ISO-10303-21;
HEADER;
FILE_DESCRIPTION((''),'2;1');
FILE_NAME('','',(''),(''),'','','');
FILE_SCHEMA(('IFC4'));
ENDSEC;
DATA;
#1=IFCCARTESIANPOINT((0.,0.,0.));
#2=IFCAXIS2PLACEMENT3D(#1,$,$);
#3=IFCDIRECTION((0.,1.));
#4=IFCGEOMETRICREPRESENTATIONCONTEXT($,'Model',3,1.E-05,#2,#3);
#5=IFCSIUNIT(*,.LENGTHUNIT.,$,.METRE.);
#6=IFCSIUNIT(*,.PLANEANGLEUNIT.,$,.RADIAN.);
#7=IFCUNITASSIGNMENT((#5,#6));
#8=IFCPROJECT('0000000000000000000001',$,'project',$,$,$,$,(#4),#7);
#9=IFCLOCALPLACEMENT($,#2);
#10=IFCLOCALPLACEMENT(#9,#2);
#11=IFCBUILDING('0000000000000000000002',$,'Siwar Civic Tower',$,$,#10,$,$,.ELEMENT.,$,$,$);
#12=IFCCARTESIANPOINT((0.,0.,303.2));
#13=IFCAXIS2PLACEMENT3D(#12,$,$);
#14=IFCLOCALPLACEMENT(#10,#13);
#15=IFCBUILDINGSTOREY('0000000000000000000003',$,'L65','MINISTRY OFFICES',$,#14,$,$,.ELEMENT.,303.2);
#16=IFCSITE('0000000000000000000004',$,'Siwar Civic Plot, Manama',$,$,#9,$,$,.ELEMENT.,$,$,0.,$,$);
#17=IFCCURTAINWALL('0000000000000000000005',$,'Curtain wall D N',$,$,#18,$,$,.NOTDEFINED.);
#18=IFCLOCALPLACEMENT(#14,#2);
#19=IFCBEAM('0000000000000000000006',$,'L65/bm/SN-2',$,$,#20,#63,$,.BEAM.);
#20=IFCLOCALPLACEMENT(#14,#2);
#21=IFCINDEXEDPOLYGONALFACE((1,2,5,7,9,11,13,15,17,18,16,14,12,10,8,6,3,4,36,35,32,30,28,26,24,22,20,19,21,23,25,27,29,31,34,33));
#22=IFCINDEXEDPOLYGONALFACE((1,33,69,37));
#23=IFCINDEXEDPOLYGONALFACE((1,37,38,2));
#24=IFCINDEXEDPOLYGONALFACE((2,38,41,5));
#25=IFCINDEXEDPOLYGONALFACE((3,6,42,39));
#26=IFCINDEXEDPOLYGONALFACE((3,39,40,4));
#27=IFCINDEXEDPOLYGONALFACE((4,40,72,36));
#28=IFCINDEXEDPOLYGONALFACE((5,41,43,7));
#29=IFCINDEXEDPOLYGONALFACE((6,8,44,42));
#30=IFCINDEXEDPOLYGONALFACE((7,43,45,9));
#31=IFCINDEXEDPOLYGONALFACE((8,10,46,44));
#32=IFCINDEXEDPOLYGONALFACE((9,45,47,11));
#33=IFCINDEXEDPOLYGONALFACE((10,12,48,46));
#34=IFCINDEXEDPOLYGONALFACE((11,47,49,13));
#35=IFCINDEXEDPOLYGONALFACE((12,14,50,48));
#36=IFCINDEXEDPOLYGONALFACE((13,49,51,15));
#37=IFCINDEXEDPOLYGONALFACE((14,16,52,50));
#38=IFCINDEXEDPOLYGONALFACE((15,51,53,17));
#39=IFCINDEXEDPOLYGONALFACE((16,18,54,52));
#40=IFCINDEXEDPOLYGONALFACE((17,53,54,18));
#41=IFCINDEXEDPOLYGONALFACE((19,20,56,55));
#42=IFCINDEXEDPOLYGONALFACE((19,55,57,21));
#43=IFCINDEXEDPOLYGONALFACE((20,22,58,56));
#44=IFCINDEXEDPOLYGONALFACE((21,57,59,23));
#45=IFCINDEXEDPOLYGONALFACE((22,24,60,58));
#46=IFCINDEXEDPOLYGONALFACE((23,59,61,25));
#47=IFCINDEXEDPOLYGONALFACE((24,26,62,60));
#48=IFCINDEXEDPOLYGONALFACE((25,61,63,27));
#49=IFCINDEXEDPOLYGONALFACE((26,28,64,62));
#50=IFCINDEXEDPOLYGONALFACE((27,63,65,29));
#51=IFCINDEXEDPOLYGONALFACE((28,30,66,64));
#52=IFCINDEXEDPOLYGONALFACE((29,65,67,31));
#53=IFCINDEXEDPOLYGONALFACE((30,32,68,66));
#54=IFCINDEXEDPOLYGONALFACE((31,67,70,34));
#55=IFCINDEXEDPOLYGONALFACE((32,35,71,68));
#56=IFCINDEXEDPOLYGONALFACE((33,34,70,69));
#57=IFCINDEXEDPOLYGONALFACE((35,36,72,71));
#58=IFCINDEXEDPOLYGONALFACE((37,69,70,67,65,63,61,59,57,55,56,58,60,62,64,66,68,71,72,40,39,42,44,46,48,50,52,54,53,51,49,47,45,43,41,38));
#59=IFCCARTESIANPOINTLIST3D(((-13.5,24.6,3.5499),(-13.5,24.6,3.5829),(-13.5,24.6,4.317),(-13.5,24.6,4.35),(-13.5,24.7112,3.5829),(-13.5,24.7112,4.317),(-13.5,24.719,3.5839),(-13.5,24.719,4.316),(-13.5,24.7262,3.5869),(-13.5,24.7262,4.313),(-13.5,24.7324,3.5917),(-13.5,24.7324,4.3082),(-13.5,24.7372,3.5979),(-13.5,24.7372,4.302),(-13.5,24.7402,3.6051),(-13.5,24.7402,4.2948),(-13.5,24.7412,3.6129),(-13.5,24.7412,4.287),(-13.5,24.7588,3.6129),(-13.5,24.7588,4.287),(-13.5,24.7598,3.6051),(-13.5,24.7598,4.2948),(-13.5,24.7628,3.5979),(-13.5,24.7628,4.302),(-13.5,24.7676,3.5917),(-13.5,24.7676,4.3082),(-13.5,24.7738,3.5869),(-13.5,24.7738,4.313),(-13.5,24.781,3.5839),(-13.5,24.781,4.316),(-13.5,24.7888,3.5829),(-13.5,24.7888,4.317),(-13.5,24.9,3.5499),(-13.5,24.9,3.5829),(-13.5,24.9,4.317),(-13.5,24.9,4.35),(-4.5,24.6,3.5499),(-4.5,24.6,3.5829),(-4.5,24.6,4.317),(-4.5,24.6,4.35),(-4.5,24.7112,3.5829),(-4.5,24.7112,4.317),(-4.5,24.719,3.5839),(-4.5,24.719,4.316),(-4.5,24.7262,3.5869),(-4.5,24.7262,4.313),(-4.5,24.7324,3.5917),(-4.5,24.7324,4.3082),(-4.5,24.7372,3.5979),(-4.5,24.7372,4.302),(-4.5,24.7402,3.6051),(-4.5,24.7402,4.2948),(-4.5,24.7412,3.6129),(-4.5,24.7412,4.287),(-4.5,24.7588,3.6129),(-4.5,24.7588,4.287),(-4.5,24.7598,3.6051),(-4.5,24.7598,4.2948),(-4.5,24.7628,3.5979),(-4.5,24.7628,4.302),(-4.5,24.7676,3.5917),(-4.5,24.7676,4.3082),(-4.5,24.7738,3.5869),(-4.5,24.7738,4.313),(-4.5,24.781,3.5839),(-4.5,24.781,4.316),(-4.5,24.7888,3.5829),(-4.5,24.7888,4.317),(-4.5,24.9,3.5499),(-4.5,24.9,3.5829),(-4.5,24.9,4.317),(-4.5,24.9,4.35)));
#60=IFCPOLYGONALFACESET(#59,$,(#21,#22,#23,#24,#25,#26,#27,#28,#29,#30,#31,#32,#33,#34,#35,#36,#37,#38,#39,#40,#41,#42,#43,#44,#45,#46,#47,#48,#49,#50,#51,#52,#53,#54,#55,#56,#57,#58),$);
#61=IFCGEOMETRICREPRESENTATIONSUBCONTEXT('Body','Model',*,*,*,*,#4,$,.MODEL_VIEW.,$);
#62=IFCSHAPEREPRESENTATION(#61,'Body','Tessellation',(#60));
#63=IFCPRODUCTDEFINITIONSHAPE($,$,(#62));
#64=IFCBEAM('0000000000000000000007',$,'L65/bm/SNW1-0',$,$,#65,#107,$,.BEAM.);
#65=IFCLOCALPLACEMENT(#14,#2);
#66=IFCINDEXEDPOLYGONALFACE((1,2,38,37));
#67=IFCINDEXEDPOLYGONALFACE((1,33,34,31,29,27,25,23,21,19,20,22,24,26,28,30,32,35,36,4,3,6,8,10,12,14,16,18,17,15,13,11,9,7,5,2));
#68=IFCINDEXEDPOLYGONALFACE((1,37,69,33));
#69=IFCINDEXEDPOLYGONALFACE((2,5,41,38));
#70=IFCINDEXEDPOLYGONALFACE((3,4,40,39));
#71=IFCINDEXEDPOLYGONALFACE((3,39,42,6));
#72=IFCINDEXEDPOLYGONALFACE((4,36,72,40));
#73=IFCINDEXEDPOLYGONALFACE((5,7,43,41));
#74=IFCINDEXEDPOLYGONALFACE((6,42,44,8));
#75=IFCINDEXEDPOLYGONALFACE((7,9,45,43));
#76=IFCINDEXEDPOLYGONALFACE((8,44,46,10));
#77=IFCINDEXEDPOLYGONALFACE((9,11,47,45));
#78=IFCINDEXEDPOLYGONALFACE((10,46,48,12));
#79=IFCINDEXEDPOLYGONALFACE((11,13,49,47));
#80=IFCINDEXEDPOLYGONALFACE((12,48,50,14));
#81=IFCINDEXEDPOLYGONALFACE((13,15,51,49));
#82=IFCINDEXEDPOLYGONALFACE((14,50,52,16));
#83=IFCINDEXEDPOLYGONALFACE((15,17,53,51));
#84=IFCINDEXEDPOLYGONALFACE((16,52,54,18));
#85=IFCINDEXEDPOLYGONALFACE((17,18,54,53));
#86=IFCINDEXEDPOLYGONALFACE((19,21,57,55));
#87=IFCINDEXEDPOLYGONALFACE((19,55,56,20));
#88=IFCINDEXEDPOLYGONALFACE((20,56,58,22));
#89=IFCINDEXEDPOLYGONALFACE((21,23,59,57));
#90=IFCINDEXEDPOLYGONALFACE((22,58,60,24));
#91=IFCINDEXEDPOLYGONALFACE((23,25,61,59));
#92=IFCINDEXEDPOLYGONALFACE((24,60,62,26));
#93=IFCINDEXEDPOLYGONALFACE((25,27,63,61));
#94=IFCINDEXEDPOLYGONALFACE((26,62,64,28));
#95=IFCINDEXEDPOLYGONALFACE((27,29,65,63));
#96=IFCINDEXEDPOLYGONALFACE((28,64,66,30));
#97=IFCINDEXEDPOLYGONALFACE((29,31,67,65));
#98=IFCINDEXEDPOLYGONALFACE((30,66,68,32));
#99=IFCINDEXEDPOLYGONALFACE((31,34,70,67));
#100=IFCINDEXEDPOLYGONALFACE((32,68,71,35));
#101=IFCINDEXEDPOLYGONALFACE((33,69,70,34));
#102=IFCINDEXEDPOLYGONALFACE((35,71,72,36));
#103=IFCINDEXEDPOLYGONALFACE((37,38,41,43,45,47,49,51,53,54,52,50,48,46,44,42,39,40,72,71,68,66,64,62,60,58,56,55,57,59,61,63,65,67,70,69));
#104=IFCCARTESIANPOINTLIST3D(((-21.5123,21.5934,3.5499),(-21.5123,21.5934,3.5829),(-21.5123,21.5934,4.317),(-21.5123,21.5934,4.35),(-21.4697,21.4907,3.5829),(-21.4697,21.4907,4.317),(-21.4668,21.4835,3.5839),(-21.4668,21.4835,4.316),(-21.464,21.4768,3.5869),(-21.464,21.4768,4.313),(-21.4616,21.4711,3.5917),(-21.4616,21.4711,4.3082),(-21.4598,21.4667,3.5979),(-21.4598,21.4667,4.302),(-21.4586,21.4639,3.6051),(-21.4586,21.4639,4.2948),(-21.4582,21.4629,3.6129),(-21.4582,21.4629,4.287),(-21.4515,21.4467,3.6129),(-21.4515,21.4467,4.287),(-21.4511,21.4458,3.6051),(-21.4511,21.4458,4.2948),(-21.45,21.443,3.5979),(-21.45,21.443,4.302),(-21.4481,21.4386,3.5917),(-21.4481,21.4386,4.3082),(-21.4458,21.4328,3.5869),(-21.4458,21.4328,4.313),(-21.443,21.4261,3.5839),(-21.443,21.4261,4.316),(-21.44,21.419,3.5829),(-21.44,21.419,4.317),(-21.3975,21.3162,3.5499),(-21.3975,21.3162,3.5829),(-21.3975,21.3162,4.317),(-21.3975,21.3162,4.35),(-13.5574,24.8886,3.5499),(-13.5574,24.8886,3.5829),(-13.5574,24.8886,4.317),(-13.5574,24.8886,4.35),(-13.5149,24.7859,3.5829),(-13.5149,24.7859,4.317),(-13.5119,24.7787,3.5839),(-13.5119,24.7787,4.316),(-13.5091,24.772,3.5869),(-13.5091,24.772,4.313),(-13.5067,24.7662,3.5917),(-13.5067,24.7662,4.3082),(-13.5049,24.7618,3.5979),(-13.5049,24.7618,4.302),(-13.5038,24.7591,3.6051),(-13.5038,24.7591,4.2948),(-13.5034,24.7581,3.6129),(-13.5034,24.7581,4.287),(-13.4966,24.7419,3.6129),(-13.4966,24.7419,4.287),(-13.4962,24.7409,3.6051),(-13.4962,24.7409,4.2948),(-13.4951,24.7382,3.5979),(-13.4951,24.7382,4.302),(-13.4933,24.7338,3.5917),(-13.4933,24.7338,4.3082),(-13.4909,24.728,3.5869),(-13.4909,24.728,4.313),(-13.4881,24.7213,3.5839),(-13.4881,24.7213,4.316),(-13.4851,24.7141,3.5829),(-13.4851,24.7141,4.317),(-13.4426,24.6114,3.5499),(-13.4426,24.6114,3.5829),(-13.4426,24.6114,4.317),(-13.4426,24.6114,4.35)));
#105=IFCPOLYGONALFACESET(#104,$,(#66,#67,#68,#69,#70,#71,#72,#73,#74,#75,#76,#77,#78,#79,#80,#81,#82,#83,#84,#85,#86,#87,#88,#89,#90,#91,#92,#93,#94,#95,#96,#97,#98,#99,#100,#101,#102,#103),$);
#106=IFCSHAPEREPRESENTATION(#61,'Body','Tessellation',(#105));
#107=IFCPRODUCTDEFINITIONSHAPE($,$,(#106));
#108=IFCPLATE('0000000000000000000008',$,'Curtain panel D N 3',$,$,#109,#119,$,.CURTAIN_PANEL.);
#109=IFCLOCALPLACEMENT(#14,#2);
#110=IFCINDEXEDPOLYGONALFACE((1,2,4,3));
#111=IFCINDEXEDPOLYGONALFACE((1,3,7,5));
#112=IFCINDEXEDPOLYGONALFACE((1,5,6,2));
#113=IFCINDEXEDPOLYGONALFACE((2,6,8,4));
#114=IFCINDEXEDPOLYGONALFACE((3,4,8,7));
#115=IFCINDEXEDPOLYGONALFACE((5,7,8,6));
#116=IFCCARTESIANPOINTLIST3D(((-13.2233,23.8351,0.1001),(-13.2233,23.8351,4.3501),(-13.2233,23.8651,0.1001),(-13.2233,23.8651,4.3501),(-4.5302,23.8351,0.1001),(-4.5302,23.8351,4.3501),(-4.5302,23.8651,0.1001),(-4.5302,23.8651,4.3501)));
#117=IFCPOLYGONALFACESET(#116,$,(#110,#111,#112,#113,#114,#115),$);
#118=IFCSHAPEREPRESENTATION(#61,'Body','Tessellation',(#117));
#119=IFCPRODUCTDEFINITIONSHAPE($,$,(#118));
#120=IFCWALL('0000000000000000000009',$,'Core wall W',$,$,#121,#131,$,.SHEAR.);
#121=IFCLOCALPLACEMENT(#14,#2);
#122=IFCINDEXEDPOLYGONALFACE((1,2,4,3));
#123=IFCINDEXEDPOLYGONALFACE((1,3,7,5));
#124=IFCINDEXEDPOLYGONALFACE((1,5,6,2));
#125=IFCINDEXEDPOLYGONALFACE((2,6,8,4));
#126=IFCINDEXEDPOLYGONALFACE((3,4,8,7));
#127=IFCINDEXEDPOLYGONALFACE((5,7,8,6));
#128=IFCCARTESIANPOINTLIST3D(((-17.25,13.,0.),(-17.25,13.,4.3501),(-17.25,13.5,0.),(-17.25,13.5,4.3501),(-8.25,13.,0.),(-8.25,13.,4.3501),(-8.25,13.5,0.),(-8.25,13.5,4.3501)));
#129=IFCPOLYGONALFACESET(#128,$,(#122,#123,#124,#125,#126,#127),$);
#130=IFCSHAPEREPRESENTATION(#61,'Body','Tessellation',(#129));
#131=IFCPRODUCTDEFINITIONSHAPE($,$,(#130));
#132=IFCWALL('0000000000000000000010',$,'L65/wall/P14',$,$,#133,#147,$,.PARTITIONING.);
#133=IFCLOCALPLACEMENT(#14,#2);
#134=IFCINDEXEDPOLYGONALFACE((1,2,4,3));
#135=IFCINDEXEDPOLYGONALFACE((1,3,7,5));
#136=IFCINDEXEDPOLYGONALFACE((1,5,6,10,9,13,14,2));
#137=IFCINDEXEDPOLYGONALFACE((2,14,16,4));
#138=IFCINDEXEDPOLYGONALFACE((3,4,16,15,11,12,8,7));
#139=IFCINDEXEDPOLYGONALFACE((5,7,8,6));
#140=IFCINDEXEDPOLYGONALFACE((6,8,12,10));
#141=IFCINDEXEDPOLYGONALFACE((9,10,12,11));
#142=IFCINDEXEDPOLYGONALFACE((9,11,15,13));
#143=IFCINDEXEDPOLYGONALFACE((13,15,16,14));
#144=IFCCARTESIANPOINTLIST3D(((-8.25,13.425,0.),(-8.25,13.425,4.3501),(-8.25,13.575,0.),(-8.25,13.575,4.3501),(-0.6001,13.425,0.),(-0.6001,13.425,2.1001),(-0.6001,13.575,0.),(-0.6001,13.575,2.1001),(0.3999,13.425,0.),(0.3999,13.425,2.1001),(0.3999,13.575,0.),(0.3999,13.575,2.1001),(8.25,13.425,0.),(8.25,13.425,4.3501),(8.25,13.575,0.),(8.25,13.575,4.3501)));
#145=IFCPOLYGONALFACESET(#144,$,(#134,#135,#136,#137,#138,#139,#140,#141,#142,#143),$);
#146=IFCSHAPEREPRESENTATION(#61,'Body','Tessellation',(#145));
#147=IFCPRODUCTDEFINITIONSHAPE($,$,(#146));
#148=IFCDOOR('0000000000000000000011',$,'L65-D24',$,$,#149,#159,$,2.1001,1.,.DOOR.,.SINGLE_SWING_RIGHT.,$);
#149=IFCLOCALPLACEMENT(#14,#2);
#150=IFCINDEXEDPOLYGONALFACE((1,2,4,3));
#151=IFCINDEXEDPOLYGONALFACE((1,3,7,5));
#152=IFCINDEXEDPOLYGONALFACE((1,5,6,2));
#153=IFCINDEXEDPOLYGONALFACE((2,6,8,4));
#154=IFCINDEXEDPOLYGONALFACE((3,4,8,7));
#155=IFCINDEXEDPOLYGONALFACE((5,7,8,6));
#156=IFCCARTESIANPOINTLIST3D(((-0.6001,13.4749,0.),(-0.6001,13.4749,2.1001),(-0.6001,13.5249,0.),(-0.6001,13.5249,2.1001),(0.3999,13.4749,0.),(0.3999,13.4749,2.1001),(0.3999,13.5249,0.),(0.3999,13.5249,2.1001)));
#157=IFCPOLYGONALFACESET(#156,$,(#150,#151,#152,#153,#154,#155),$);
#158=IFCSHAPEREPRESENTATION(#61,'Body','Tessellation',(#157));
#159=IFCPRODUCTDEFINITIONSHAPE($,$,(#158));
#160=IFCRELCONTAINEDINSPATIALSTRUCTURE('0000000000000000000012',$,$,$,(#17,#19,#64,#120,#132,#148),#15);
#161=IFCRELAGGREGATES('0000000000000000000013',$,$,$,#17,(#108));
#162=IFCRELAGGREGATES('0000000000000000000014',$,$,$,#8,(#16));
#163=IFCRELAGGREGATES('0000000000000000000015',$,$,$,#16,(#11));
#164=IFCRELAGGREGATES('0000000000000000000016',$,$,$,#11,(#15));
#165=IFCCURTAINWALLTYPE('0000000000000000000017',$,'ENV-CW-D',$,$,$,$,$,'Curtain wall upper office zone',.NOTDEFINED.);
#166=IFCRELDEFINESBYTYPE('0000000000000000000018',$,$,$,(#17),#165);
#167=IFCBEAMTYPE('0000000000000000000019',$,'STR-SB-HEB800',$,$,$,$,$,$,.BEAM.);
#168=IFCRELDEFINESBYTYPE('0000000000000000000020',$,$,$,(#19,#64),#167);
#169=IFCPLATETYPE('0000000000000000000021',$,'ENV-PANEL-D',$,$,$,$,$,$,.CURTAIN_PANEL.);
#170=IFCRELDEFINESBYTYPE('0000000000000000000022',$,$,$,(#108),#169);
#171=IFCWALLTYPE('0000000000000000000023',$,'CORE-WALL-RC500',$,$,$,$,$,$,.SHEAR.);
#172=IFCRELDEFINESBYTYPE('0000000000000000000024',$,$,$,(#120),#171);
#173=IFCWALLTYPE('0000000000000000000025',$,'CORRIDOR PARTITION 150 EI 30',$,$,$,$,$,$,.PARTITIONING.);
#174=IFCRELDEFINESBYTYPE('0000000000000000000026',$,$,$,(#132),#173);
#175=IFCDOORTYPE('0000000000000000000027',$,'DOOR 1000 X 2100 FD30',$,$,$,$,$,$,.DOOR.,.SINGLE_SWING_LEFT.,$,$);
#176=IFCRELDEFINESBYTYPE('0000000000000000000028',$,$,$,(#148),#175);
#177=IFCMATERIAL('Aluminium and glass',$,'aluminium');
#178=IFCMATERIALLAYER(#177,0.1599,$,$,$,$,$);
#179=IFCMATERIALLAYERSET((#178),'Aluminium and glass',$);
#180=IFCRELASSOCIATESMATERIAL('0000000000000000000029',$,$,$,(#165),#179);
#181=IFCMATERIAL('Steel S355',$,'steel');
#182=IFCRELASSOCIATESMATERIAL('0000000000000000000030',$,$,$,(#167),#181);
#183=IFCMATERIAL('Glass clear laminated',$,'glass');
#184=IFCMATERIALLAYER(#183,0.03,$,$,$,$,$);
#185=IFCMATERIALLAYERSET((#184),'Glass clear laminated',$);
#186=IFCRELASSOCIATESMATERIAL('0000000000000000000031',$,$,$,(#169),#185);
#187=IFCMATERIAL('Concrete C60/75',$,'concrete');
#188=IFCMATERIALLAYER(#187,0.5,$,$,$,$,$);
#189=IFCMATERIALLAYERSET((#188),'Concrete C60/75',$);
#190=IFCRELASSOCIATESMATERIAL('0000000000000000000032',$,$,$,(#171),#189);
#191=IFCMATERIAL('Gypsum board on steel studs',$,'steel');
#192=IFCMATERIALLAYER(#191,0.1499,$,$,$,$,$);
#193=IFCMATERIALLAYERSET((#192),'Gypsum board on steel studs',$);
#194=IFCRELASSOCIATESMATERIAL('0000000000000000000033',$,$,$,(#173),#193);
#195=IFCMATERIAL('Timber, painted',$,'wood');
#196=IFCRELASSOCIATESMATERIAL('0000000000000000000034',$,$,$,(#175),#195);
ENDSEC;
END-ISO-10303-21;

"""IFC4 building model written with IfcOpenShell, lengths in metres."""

from ifc_helpers import new_model, si_unit, direction, frame, frame_2d, origin, origin_2d, place, context, subcontext, project, spatial, rectangle, i_section, extrude, material, layer, layer_set, material_profile, profile_set, type_object, element, fill, aggregate, save


model = new_model("IFC4")

# Units and contexts
model_context = context("Model", 3, precision=1e-05, world=origin(), true_north=direction((0.0, 1.0)))
body_context = subcontext(model_context, "Body", "Model", "MODEL_VIEW")
ifc_project = project(units=[si_unit("LENGTHUNIT", "METRE"), si_unit("PLANEANGLEUNIT", "RADIAN")], contexts=[model_context])

# Site, building, storey
site_placement = place(None, origin())
site = spatial("IfcSite", under=ifc_project, at=site_placement, Name="Siwar Civic Plot, Manama", CompositionType="ELEMENT", RefElevation=0.0)
building_placement = place(site_placement, origin())
building = spatial("IfcBuilding", under=site, at=building_placement, Name="Siwar Civic Tower", CompositionType="ELEMENT")
storey_placement = place(building_placement, frame((0.0, 0.0, 303.2)))
storey = spatial("IfcBuildingStorey", under=building, at=storey_placement, Name="L65", Description="MINISTRY OFFICES", CompositionType="ELEMENT", Elevation=303.2)

# Curtain wall
ifc_material_1 = material(Name="Aluminium and glass", Category="aluminium")
ifc_layer_1 = layer(ifc_material_1, 0.1599)
ifc_layer_set_1 = layer_set([ifc_layer_1], Name="Aluminium and glass")
curtain_wall_type_1 = type_object("IfcCurtainWallType", Name="ENV-CW-D", ElementType="Curtain wall upper office zone", PredefinedType="NOTDEFINED", material=ifc_layer_set_1)
curtain_wall_1_placement = place(storey_placement, origin())
curtain_wall_1 = element("IfcCurtainWall", 1, at=curtain_wall_1_placement, inside=storey, type_object=curtain_wall_type_1, Name="Curtain wall D N", PredefinedType="NOTDEFINED")

# Beams
ifc_material_2 = material(Name="Steel S355", Category="steel")
ifc_material_profile_1 = material_profile(ifc_material_2, i_section(OverallWidth=0.3, OverallDepth=0.8, WebThickness=0.0176, FlangeThickness=0.033, FilletRadius=0.03, at=origin_2d()), Name="HEB800")
ifc_profile_set_1 = profile_set([ifc_material_profile_1], Name="Steel S355")
beam_type_1 = type_object("IfcBeamType", Name="STR-SB-HEB800", PredefinedType="BEAM", material=ifc_profile_set_1)
beam_1_placement = place(storey_placement, frame((-4.5, 24.75, 3.95), z_axis=(-1.0, 0.0, 0.0), x_axis=(0.0, -1.0, 0.0)))
element("IfcBeam", 2, at=beam_1_placement, inside=storey, type_object=beam_type_1, Name="L65/bm/SN-2", PredefinedType="BEAM", context=body_context, shape_type="SweptSolid", body=[
    extrude(i_section(OverallWidth=0.3, OverallDepth=0.8, WebThickness=0.0176, FlangeThickness=0.033, FilletRadius=0.03, at=origin_2d()), origin(), (0.0, 0.0, 1.0), 9.0),
])
beam_2_placement = place(storey_placement, frame((-13.5, 24.75, 3.95), z_axis=(-0.923873, -0.3827, 0.0), x_axis=(0.3827, -0.923873, 0.0)))
element("IfcBeam", 3, at=beam_2_placement, inside=storey, type_object=beam_type_1, Name="L65/bm/SNW1-0", PredefinedType="BEAM", context=body_context, shape_type="SweptSolid", body=[
    extrude(i_section(OverallWidth=0.3, OverallDepth=0.8, WebThickness=0.0176, FlangeThickness=0.033, FilletRadius=0.03, at=origin_2d()), origin(), (0.0, 0.0, 1.0), 8.6104),
])

# Plate
ifc_material_3 = material(Name="Glass clear laminated", Category="glass")
ifc_layer_2 = layer(ifc_material_3, 0.03)
ifc_layer_set_2 = layer_set([ifc_layer_2], Name="Glass clear laminated")
plate_type = type_object("IfcPlateType", Name="ENV-PANEL-D", PredefinedType="CURTAIN_PANEL", material=ifc_layer_set_2)
plate_placement = place(storey_placement, frame((-8.8767, 23.8501, 0.1001), z_axis=(0.0, 0.0, 1.0), x_axis=(-1.0, 0.0, 0.0)))
plate = element("IfcPlate", 4, at=plate_placement, type_object=plate_type, Name="Curtain panel D N 3", PredefinedType="CURTAIN_PANEL", context=body_context, shape_type="SweptSolid", body=[
    extrude(rectangle(XDim=8.6931, YDim=0.03, at=origin_2d()), origin(), (0.0, 0.0, 1.0), 4.25),
])
aggregate(curtain_wall_1, [plate])

# Wall
ifc_material_4 = material(Name="Concrete C60/75", Category="concrete")
ifc_layer_3 = layer(ifc_material_4, 0.5)
ifc_layer_set_3 = layer_set([ifc_layer_3], Name="Concrete C60/75")
wall_type_1 = type_object("IfcWallType", Name="CORE-WALL-RC500", PredefinedType="SHEAR", material=ifc_layer_set_3)
wall_1_placement = place(storey_placement, frame((-8.25, 13.25, 0.0), z_axis=(0.0, 0.0, 1.0), x_axis=(-1.0, 0.0, 0.0)))
element("IfcWall", 5, at=wall_1_placement, inside=storey, type_object=wall_type_1, Name="Core wall W", PredefinedType="SHEAR", context=body_context, shape_type="SweptSolid", body=[
    extrude(rectangle(XDim=9.0, YDim=0.5, at=frame_2d((4.5, 0.0))), origin(), (0.0, 0.0, 1.0), 4.3501),
])

# Wall, opening, door
ifc_material_5 = material(Name="Gypsum board on steel studs", Category="steel")
ifc_layer_4 = layer(ifc_material_5, 0.1499)
ifc_layer_set_4 = layer_set([ifc_layer_4], Name="Gypsum board on steel studs")
wall_type_2 = type_object("IfcWallType", Name="CORRIDOR PARTITION 150 EI 30", PredefinedType="PARTITIONING", material=ifc_layer_set_4)
wall_2_placement = place(storey_placement, frame((-8.25, 13.5, 0.0), z_axis=(0.0, 0.0, 1.0), x_axis=(1.0, 0.0, 0.0)))
wall_2 = element("IfcWall", 6, at=wall_2_placement, inside=storey, type_object=wall_type_2, Name="L65/wall/P14", PredefinedType="PARTITIONING", context=body_context, shape_type="SweptSolid", body=[
    extrude(rectangle(XDim=16.5, YDim=0.1499, at=frame_2d((8.25, 0.0))), origin(), (0.0, 0.0, 1.0), 4.3501),
])
opening_1_placement = place(wall_2_placement, frame((7.6499, 0.0, 0.0)))
opening_1 = element("IfcOpeningElement", 7, at=opening_1_placement, cuts=wall_2, PredefinedType="OPENING", context=body_context, shape_type="SweptSolid", body=[
    extrude(rectangle(XDim=1.0, YDim=2.1001, at=frame_2d((0.5, 1.05))), frame((0.0, 0.085, 0.0), z_axis=(0.0, -1.0, 0.0), x_axis=(1.0, 0.0, 0.0)), (0.0, 0.0, 1.0), 0.1699),
])
ifc_material_6 = material(Name="Timber, painted", Category="wood")
door_type_1 = type_object("IfcDoorType", Name="DOOR 1000 X 2100 FD30", OperationType="SINGLE_SWING_LEFT", PredefinedType="DOOR", material=ifc_material_6)
door_1_placement = place(opening_1_placement, origin())
door_1 = element("IfcDoor", 8, at=door_1_placement, inside=storey, type_object=door_type_1, Name="L65-D24", OperationType="SINGLE_SWING_RIGHT", OverallHeight=2.1001, OverallWidth=1.0, PredefinedType="DOOR", context=body_context, shape_type="SweptSolid", body=[
    extrude(rectangle(XDim=1.0, YDim=2.1001, at=frame_2d((0.5, 1.05))), frame((0.0, 0.0249, 0.0), z_axis=(0.0, -1.0, 0.0), x_axis=(1.0, 0.0, 0.0)), (0.0, 0.0, 1.0), 0.05),
])
fill(opening_1, door_1)

save(model, "model.ifc")
